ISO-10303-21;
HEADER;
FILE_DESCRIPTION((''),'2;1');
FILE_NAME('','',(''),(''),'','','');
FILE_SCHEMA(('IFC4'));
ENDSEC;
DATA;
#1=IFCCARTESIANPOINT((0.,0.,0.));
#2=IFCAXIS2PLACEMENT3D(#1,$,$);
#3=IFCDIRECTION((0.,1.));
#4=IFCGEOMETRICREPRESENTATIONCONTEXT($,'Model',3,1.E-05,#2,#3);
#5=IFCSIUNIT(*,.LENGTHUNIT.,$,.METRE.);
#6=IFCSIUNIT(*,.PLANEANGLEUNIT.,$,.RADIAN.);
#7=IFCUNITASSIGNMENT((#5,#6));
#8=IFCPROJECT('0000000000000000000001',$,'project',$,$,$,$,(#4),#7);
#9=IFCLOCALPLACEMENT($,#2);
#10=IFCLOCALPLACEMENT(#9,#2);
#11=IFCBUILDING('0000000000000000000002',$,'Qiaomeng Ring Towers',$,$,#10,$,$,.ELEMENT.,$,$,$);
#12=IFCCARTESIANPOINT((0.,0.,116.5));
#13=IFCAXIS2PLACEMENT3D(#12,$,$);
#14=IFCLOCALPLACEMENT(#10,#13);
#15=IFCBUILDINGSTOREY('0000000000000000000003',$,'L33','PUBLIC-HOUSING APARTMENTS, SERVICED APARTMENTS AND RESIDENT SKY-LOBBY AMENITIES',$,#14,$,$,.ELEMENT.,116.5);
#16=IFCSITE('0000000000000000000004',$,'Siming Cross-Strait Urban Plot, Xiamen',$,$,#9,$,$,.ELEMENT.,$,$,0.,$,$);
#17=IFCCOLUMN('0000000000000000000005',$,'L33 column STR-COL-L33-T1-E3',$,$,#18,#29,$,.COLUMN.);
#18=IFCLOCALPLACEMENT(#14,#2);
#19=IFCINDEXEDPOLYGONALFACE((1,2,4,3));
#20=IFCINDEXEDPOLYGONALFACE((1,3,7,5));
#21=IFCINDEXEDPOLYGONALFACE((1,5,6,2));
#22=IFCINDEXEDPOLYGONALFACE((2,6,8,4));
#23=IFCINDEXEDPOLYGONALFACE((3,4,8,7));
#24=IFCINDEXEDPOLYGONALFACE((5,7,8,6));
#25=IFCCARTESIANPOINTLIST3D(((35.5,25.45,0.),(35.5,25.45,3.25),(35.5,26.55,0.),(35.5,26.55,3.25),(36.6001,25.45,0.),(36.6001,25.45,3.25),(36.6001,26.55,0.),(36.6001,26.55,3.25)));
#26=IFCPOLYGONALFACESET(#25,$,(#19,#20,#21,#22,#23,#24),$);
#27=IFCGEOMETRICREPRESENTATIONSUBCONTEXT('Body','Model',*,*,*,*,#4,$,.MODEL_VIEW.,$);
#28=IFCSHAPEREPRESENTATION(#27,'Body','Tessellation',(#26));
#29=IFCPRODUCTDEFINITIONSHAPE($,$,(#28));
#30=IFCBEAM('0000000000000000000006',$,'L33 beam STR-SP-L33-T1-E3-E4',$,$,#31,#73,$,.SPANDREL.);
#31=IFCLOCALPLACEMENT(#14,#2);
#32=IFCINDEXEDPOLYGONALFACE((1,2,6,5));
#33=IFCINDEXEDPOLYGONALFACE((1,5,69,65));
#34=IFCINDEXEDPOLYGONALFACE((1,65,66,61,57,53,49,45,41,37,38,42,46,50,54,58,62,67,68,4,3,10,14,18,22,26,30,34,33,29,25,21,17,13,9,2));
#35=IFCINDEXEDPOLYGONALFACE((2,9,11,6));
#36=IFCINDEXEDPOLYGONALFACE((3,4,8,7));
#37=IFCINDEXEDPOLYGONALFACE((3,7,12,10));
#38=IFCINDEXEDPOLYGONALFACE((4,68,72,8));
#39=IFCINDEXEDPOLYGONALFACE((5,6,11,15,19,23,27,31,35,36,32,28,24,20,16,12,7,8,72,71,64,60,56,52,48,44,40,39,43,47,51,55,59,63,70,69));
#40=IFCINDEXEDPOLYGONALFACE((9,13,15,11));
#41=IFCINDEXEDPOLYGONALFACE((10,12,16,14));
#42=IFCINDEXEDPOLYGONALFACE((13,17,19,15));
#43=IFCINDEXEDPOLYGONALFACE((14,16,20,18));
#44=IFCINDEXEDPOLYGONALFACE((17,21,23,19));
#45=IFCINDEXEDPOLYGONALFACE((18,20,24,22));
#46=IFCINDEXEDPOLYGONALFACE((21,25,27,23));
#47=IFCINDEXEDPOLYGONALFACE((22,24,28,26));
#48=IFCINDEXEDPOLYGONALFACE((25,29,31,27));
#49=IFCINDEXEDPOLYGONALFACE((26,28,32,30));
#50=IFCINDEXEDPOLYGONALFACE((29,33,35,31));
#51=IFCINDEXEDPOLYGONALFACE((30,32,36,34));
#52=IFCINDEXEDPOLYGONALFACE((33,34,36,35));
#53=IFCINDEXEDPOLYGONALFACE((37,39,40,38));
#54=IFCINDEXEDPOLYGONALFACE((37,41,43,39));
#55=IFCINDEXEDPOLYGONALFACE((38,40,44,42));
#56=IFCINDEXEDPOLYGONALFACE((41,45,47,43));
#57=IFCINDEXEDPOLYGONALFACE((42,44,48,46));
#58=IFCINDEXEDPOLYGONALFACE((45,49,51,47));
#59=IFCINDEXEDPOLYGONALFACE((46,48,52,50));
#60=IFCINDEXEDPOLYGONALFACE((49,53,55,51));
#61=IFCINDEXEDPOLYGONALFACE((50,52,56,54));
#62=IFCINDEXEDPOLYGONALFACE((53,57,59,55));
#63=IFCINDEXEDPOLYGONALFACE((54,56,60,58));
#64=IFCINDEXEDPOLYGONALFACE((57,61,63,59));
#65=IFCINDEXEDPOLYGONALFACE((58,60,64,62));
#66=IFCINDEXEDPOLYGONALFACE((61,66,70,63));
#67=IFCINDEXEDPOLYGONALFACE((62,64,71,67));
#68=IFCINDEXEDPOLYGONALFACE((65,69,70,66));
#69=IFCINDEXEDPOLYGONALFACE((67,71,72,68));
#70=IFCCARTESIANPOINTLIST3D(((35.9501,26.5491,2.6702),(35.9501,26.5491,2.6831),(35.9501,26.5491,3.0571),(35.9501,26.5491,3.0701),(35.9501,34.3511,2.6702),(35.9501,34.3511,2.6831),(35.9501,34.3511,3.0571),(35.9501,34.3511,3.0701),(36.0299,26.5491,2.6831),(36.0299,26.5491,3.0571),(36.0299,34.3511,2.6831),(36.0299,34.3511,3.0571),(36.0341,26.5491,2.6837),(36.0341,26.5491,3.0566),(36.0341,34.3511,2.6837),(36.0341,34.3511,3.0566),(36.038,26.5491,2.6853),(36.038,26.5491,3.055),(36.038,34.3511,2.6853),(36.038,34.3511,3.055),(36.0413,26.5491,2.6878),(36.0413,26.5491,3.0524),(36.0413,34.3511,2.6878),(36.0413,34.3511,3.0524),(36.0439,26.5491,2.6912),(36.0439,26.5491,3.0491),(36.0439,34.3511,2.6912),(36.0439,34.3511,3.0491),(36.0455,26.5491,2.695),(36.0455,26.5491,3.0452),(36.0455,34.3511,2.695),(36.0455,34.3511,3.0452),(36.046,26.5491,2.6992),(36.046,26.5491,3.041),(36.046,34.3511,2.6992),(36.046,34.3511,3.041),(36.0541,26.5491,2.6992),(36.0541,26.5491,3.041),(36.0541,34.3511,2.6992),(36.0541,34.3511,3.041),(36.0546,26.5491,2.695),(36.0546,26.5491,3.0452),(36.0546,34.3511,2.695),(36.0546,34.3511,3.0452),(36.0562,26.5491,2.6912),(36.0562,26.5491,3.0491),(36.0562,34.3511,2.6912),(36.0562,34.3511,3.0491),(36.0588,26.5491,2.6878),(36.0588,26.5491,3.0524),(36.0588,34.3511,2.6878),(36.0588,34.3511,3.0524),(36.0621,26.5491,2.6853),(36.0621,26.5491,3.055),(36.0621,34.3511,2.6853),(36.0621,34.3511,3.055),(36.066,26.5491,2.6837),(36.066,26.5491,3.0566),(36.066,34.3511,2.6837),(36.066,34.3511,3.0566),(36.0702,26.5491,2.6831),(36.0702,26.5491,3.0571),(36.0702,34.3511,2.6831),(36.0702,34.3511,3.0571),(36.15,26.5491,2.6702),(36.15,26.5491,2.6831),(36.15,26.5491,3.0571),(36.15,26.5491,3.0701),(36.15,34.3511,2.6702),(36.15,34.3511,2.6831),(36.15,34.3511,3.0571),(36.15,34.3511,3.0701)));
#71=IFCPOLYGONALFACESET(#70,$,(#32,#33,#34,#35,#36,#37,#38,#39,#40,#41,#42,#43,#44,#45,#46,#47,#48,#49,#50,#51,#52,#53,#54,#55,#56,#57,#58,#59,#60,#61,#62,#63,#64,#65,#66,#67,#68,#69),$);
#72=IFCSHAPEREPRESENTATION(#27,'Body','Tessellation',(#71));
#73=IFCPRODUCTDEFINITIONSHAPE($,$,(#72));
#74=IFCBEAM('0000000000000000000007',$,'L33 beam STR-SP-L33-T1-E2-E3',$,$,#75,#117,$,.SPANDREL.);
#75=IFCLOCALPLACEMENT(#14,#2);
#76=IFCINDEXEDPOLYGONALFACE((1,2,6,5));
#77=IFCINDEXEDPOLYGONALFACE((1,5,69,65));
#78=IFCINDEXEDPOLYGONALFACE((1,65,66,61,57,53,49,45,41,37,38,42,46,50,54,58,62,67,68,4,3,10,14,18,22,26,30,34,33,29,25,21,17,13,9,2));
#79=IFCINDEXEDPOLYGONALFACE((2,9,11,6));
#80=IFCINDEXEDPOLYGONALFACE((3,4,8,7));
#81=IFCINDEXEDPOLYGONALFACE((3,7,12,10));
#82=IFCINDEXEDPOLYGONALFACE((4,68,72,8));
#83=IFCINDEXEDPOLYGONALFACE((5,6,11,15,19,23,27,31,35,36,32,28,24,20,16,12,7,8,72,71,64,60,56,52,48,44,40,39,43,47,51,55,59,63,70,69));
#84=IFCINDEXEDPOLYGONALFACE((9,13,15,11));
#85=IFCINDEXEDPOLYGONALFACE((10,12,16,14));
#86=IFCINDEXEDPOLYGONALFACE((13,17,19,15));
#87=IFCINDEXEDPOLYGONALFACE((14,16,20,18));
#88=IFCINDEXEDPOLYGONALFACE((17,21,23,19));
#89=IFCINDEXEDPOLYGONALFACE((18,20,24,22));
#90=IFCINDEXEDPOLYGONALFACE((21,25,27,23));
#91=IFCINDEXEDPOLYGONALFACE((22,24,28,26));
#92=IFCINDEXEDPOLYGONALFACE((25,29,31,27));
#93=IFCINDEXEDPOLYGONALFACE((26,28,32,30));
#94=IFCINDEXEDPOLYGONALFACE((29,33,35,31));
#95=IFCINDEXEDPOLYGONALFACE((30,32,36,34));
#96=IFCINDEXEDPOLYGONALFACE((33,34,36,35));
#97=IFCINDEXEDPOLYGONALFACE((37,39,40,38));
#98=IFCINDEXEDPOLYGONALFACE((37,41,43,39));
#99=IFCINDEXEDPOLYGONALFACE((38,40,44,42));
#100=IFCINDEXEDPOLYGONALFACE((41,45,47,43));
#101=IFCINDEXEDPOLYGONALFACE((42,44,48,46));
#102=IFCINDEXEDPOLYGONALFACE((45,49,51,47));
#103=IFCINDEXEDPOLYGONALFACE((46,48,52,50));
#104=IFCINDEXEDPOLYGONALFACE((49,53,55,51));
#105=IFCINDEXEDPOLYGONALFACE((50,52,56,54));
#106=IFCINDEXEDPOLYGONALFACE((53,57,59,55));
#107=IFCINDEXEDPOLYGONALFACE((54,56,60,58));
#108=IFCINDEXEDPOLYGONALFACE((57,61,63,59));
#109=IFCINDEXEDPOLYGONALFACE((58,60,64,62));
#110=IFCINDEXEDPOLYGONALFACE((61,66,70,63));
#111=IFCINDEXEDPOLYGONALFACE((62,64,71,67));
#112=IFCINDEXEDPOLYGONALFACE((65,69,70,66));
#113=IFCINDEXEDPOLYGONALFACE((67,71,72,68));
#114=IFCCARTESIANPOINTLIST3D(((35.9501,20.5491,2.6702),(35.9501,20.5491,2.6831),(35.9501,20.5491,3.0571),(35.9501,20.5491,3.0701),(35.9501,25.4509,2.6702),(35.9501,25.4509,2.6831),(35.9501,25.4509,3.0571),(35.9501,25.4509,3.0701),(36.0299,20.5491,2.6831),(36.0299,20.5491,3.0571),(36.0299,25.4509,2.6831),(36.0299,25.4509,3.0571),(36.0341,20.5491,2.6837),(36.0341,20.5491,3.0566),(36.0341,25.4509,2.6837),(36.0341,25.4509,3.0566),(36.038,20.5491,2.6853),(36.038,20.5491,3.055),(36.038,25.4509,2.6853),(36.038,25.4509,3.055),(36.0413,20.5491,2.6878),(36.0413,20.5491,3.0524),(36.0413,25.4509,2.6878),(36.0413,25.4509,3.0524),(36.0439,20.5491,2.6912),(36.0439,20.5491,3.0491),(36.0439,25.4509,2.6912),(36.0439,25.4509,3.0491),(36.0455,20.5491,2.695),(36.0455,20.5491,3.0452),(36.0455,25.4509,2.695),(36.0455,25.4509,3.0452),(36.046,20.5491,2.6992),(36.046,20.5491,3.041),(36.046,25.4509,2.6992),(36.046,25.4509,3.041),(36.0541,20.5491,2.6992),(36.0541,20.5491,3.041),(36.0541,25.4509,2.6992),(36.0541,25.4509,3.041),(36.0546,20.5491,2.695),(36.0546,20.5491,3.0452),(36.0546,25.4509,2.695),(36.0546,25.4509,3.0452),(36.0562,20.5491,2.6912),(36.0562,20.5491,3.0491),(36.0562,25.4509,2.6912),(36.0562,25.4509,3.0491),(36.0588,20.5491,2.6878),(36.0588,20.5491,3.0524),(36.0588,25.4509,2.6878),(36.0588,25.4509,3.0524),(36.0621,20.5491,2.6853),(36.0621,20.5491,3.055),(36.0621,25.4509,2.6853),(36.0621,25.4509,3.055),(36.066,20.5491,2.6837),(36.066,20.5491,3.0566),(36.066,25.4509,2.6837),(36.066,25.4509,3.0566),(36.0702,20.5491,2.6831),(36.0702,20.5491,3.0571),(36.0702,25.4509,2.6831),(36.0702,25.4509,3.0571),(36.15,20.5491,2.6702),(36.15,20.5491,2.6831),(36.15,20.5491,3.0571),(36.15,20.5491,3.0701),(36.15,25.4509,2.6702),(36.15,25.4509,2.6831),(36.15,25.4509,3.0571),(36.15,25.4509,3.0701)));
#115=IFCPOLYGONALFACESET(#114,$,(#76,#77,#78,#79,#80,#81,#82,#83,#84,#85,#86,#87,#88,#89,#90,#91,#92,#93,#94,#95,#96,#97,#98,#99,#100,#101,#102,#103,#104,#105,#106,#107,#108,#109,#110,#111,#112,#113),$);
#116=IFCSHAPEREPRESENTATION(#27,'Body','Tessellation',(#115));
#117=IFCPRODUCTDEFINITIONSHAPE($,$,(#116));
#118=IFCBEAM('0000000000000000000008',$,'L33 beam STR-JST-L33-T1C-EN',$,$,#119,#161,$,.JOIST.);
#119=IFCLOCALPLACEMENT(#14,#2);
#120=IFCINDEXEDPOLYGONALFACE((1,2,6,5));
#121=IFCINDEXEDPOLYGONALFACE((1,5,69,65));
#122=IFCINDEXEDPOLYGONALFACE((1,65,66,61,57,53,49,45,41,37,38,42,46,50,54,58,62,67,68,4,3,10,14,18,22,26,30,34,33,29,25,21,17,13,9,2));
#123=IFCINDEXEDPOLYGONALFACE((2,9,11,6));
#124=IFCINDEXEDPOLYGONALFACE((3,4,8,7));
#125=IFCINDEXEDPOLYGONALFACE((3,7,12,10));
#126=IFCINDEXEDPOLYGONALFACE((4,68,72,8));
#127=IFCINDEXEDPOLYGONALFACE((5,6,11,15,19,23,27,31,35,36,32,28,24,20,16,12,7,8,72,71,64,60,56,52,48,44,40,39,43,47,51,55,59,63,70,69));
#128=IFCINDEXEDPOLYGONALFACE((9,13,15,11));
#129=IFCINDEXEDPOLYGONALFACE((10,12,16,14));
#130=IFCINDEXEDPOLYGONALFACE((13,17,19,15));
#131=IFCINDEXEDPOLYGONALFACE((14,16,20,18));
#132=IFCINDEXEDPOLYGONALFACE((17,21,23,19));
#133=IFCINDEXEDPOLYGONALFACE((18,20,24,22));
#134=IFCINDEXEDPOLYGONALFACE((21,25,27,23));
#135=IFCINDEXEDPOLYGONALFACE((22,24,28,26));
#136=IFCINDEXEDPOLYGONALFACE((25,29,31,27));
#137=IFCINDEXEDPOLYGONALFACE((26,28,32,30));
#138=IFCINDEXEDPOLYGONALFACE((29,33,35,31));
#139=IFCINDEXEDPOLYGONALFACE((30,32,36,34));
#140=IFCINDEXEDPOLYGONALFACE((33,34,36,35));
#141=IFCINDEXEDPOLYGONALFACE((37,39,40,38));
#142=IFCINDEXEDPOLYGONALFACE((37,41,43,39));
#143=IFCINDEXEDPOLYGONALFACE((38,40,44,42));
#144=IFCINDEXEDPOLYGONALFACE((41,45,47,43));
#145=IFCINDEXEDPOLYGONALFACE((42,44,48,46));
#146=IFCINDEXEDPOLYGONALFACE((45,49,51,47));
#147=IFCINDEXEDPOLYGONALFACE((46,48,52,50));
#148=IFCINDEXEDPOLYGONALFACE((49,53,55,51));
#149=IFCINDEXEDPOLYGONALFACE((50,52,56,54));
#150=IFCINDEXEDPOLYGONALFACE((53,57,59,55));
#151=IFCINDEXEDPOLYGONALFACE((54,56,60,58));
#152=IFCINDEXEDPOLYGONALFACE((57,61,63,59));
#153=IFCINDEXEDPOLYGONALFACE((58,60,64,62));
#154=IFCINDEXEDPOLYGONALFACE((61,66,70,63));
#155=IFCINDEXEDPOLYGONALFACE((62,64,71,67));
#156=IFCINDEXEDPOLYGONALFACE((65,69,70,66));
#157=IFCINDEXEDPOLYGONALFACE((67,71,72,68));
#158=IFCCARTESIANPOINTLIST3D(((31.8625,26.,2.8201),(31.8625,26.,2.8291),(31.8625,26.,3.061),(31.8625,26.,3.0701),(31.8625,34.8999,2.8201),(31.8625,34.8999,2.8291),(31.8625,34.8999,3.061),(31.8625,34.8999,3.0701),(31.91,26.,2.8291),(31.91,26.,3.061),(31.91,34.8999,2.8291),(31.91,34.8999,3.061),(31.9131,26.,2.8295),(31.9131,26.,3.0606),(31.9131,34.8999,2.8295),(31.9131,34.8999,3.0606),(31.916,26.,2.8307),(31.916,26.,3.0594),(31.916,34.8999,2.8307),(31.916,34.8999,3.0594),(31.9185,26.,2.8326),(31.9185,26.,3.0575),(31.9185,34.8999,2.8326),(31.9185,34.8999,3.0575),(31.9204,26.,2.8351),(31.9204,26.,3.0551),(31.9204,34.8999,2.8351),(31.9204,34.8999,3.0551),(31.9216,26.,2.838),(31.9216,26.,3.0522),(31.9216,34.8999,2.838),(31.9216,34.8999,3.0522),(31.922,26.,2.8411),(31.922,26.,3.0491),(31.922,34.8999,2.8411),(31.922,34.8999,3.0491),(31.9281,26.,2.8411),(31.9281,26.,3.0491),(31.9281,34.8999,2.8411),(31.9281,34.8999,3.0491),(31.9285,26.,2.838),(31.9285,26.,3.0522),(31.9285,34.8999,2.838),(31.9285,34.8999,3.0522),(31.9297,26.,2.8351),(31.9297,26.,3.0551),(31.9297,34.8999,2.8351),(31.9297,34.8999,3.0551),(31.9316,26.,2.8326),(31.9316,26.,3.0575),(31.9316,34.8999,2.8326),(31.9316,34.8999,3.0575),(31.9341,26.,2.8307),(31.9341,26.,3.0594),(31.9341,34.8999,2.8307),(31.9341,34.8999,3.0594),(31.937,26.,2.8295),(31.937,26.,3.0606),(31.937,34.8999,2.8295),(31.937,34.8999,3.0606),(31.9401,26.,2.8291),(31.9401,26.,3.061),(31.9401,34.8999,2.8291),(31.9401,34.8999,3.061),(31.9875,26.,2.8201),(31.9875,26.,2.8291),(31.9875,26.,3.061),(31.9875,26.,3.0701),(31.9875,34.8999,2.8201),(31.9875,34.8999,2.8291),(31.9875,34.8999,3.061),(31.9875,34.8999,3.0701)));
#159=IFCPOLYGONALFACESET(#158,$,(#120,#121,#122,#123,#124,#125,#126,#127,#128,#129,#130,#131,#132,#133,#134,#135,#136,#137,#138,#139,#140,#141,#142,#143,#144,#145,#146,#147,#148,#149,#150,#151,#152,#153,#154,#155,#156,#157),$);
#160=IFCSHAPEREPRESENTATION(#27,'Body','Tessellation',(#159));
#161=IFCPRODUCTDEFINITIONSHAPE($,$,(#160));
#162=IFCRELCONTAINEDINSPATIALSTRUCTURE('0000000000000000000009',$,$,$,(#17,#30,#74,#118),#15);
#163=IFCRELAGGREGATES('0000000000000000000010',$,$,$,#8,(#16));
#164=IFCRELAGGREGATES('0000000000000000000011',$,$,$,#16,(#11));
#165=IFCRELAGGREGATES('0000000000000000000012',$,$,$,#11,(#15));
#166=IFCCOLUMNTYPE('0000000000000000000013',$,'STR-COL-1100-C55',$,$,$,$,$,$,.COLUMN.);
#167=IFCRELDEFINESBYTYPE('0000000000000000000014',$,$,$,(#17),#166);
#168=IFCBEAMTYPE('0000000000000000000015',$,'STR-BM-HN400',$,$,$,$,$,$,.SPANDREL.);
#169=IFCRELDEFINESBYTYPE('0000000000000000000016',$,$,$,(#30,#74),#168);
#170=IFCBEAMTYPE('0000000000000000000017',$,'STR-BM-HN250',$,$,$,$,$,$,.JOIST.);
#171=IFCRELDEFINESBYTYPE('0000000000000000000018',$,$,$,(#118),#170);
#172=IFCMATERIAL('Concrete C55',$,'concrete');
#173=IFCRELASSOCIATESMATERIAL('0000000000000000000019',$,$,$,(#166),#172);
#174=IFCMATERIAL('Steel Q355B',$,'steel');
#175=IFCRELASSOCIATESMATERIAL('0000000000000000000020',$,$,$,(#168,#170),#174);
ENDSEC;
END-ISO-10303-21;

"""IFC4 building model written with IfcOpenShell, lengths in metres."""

from ifc_helpers import new_model, si_unit, direction, frame, origin, origin_2d, place, context, subcontext, project, spatial, rectangle, i_section, extrude, source, transform, mapped, material, material_profile, profile_set, type_object, element, save


model = new_model("IFC4")

# Units and contexts
model_context = context("Model", 3, precision=1e-05, world=origin(), true_north=direction((0.0, 1.0)))
body_context = subcontext(model_context, "Body", "Model", "MODEL_VIEW")
ifc_project = project(units=[si_unit("LENGTHUNIT", "METRE"), si_unit("PLANEANGLEUNIT", "RADIAN")], contexts=[model_context])

# Site, building, storey
site_placement = place(None, origin())
site = spatial("IfcSite", under=ifc_project, at=site_placement, Name="Siming Cross-Strait Urban Plot, Xiamen", CompositionType="ELEMENT", RefElevation=0.0)
building_placement = place(site_placement, origin())
building = spatial("IfcBuilding", under=site, at=building_placement, Name="Qiaomeng Ring Towers", CompositionType="ELEMENT")
storey_placement = place(building_placement, frame((0.0, 0.0, 116.5)))
storey = spatial("IfcBuildingStorey", under=building, at=storey_placement, Name="L33", Description="PUBLIC-HOUSING APARTMENTS, SERVICED APARTMENTS AND RESIDENT SKY-LOBBY AMENITIES", CompositionType="ELEMENT", Elevation=116.5)

# Column
ifc_material_1 = material(Name="Concrete C55", Category="concrete")
ifc_material_profile_1 = material_profile(ifc_material_1, rectangle(XDim=1.1001, YDim=1.1001, at=origin_2d()), Name="RC COL 1100x1100")
ifc_profile_set_1 = profile_set([ifc_material_profile_1], Name="Concrete C55")
column_type = type_object("IfcColumnType", Name="STR-COL-1100-C55", PredefinedType="COLUMN", material=ifc_profile_set_1)
shared_shape_1 = source(origin(), body_context, "Body", "SweptSolid", [
    extrude(rectangle(XDim=1.1001, YDim=1.1001, at=origin_2d()), origin(), (0.0, 0.0, 1.0), 3.25),
])
column_placement = place(storey_placement, frame((36.05, 26.0, 0.0), z_axis=(0.0, 0.0, 1.0), x_axis=(1.0, 0.0, 0.0)))
element("IfcColumn", 1, at=column_placement, inside=storey, type_object=column_type, Name="L33 column STR-COL-L33-T1-E3", PredefinedType="COLUMN", context=body_context, shape_type="MappedRepresentation", body=[
    mapped(shared_shape_1, transform((0.0, 0.0, 0.0), x_axis=(1.0, 0.0, 0.0), y_axis=(0.0, 1.0, 0.0), z_axis=(0.0, 0.0, 1.0), scale=1.0)),
])

# Beams
ifc_material_2 = material(Name="Steel Q355B", Category="steel")
ifc_material_profile_2 = material_profile(ifc_material_2, i_section(OverallWidth=0.2, OverallDepth=0.3999, WebThickness=0.0081, FlangeThickness=0.0129, FilletRadius=0.0161, at=origin_2d()), Name="HN 400x200x8x13")
ifc_profile_set_2 = profile_set([ifc_material_profile_2], Name="Steel Q355B")
beam_type_1 = type_object("IfcBeamType", Name="STR-BM-HN400", PredefinedType="SPANDREL", material=ifc_profile_set_2)
shared_shape_2 = source(origin(), body_context, "Body", "SweptSolid", [
    extrude(i_section(OverallWidth=0.2, OverallDepth=0.3999, WebThickness=0.0081, FlangeThickness=0.0129, FilletRadius=0.0161, at=origin_2d()), origin(), (0.0, 0.0, 1.0), 7.802),
])
beam_1_placement = place(storey_placement, frame((36.05, 26.5491, 2.8701), z_axis=(0.0, 1.0, 0.0), x_axis=(-1.0, 0.0, 0.0)))
element("IfcBeam", 2, at=beam_1_placement, inside=storey, type_object=beam_type_1, Name="L33 beam STR-SP-L33-T1-E3-E4", PredefinedType="SPANDREL", context=body_context, shape_type="MappedRepresentation", body=[
    mapped(shared_shape_2, transform((0.0, 0.0, 0.0), x_axis=(1.0, 0.0, 0.0), y_axis=(0.0, 1.0, 0.0), z_axis=(0.0, 0.0, 1.0), scale=1.0)),
])
shared_shape_3 = source(origin(), body_context, "Body", "SweptSolid", [
    extrude(i_section(OverallWidth=0.2, OverallDepth=0.3999, WebThickness=0.0081, FlangeThickness=0.0129, FilletRadius=0.0161, at=origin_2d()), origin(), (0.0, 0.0, 1.0), 4.9019),
])
beam_2_placement = place(storey_placement, frame((36.05, 20.5491, 2.8701), z_axis=(0.0, 1.0, 0.0), x_axis=(-1.0, 0.0, 0.0)))
element("IfcBeam", 3, at=beam_2_placement, inside=storey, type_object=beam_type_1, Name="L33 beam STR-SP-L33-T1-E2-E3", PredefinedType="SPANDREL", context=body_context, shape_type="MappedRepresentation", body=[
    mapped(shared_shape_3, transform((0.0, 0.0, 0.0), x_axis=(1.0, 0.0, 0.0), y_axis=(0.0, 1.0, 0.0), z_axis=(0.0, 0.0, 1.0), scale=1.0)),
])
ifc_material_profile_3 = material_profile(ifc_material_2, i_section(OverallWidth=0.125, OverallDepth=0.25, WebThickness=0.0061, FlangeThickness=0.009, FilletRadius=0.012, at=origin_2d()), Name="HN 250x125x6x9")
ifc_profile_set_3 = profile_set([ifc_material_profile_3], Name="Steel Q355B")
beam_type_2 = type_object("IfcBeamType", Name="STR-BM-HN250", PredefinedType="JOIST", material=ifc_profile_set_3)
shared_shape_4 = source(origin(), body_context, "Body", "SweptSolid", [
    extrude(i_section(OverallWidth=0.125, OverallDepth=0.25, WebThickness=0.0061, FlangeThickness=0.009, FilletRadius=0.012, at=origin_2d()), origin(), (0.0, 0.0, 1.0), 8.8999),
])
beam_3_placement = place(storey_placement, frame((31.925, 26.0, 2.9451), z_axis=(0.0, 1.0, 0.0), x_axis=(-1.0, 0.0, 0.0)))
element("IfcBeam", 4, at=beam_3_placement, inside=storey, type_object=beam_type_2, Name="L33 beam STR-JST-L33-T1C-EN", PredefinedType="JOIST", context=body_context, shape_type="MappedRepresentation", body=[
    mapped(shared_shape_4, transform((0.0, 0.0, 0.0), x_axis=(1.0, 0.0, 0.0), y_axis=(0.0, 1.0, 0.0), z_axis=(0.0, 0.0, 1.0), scale=1.0)),
])

save(model, "model.ifc")
